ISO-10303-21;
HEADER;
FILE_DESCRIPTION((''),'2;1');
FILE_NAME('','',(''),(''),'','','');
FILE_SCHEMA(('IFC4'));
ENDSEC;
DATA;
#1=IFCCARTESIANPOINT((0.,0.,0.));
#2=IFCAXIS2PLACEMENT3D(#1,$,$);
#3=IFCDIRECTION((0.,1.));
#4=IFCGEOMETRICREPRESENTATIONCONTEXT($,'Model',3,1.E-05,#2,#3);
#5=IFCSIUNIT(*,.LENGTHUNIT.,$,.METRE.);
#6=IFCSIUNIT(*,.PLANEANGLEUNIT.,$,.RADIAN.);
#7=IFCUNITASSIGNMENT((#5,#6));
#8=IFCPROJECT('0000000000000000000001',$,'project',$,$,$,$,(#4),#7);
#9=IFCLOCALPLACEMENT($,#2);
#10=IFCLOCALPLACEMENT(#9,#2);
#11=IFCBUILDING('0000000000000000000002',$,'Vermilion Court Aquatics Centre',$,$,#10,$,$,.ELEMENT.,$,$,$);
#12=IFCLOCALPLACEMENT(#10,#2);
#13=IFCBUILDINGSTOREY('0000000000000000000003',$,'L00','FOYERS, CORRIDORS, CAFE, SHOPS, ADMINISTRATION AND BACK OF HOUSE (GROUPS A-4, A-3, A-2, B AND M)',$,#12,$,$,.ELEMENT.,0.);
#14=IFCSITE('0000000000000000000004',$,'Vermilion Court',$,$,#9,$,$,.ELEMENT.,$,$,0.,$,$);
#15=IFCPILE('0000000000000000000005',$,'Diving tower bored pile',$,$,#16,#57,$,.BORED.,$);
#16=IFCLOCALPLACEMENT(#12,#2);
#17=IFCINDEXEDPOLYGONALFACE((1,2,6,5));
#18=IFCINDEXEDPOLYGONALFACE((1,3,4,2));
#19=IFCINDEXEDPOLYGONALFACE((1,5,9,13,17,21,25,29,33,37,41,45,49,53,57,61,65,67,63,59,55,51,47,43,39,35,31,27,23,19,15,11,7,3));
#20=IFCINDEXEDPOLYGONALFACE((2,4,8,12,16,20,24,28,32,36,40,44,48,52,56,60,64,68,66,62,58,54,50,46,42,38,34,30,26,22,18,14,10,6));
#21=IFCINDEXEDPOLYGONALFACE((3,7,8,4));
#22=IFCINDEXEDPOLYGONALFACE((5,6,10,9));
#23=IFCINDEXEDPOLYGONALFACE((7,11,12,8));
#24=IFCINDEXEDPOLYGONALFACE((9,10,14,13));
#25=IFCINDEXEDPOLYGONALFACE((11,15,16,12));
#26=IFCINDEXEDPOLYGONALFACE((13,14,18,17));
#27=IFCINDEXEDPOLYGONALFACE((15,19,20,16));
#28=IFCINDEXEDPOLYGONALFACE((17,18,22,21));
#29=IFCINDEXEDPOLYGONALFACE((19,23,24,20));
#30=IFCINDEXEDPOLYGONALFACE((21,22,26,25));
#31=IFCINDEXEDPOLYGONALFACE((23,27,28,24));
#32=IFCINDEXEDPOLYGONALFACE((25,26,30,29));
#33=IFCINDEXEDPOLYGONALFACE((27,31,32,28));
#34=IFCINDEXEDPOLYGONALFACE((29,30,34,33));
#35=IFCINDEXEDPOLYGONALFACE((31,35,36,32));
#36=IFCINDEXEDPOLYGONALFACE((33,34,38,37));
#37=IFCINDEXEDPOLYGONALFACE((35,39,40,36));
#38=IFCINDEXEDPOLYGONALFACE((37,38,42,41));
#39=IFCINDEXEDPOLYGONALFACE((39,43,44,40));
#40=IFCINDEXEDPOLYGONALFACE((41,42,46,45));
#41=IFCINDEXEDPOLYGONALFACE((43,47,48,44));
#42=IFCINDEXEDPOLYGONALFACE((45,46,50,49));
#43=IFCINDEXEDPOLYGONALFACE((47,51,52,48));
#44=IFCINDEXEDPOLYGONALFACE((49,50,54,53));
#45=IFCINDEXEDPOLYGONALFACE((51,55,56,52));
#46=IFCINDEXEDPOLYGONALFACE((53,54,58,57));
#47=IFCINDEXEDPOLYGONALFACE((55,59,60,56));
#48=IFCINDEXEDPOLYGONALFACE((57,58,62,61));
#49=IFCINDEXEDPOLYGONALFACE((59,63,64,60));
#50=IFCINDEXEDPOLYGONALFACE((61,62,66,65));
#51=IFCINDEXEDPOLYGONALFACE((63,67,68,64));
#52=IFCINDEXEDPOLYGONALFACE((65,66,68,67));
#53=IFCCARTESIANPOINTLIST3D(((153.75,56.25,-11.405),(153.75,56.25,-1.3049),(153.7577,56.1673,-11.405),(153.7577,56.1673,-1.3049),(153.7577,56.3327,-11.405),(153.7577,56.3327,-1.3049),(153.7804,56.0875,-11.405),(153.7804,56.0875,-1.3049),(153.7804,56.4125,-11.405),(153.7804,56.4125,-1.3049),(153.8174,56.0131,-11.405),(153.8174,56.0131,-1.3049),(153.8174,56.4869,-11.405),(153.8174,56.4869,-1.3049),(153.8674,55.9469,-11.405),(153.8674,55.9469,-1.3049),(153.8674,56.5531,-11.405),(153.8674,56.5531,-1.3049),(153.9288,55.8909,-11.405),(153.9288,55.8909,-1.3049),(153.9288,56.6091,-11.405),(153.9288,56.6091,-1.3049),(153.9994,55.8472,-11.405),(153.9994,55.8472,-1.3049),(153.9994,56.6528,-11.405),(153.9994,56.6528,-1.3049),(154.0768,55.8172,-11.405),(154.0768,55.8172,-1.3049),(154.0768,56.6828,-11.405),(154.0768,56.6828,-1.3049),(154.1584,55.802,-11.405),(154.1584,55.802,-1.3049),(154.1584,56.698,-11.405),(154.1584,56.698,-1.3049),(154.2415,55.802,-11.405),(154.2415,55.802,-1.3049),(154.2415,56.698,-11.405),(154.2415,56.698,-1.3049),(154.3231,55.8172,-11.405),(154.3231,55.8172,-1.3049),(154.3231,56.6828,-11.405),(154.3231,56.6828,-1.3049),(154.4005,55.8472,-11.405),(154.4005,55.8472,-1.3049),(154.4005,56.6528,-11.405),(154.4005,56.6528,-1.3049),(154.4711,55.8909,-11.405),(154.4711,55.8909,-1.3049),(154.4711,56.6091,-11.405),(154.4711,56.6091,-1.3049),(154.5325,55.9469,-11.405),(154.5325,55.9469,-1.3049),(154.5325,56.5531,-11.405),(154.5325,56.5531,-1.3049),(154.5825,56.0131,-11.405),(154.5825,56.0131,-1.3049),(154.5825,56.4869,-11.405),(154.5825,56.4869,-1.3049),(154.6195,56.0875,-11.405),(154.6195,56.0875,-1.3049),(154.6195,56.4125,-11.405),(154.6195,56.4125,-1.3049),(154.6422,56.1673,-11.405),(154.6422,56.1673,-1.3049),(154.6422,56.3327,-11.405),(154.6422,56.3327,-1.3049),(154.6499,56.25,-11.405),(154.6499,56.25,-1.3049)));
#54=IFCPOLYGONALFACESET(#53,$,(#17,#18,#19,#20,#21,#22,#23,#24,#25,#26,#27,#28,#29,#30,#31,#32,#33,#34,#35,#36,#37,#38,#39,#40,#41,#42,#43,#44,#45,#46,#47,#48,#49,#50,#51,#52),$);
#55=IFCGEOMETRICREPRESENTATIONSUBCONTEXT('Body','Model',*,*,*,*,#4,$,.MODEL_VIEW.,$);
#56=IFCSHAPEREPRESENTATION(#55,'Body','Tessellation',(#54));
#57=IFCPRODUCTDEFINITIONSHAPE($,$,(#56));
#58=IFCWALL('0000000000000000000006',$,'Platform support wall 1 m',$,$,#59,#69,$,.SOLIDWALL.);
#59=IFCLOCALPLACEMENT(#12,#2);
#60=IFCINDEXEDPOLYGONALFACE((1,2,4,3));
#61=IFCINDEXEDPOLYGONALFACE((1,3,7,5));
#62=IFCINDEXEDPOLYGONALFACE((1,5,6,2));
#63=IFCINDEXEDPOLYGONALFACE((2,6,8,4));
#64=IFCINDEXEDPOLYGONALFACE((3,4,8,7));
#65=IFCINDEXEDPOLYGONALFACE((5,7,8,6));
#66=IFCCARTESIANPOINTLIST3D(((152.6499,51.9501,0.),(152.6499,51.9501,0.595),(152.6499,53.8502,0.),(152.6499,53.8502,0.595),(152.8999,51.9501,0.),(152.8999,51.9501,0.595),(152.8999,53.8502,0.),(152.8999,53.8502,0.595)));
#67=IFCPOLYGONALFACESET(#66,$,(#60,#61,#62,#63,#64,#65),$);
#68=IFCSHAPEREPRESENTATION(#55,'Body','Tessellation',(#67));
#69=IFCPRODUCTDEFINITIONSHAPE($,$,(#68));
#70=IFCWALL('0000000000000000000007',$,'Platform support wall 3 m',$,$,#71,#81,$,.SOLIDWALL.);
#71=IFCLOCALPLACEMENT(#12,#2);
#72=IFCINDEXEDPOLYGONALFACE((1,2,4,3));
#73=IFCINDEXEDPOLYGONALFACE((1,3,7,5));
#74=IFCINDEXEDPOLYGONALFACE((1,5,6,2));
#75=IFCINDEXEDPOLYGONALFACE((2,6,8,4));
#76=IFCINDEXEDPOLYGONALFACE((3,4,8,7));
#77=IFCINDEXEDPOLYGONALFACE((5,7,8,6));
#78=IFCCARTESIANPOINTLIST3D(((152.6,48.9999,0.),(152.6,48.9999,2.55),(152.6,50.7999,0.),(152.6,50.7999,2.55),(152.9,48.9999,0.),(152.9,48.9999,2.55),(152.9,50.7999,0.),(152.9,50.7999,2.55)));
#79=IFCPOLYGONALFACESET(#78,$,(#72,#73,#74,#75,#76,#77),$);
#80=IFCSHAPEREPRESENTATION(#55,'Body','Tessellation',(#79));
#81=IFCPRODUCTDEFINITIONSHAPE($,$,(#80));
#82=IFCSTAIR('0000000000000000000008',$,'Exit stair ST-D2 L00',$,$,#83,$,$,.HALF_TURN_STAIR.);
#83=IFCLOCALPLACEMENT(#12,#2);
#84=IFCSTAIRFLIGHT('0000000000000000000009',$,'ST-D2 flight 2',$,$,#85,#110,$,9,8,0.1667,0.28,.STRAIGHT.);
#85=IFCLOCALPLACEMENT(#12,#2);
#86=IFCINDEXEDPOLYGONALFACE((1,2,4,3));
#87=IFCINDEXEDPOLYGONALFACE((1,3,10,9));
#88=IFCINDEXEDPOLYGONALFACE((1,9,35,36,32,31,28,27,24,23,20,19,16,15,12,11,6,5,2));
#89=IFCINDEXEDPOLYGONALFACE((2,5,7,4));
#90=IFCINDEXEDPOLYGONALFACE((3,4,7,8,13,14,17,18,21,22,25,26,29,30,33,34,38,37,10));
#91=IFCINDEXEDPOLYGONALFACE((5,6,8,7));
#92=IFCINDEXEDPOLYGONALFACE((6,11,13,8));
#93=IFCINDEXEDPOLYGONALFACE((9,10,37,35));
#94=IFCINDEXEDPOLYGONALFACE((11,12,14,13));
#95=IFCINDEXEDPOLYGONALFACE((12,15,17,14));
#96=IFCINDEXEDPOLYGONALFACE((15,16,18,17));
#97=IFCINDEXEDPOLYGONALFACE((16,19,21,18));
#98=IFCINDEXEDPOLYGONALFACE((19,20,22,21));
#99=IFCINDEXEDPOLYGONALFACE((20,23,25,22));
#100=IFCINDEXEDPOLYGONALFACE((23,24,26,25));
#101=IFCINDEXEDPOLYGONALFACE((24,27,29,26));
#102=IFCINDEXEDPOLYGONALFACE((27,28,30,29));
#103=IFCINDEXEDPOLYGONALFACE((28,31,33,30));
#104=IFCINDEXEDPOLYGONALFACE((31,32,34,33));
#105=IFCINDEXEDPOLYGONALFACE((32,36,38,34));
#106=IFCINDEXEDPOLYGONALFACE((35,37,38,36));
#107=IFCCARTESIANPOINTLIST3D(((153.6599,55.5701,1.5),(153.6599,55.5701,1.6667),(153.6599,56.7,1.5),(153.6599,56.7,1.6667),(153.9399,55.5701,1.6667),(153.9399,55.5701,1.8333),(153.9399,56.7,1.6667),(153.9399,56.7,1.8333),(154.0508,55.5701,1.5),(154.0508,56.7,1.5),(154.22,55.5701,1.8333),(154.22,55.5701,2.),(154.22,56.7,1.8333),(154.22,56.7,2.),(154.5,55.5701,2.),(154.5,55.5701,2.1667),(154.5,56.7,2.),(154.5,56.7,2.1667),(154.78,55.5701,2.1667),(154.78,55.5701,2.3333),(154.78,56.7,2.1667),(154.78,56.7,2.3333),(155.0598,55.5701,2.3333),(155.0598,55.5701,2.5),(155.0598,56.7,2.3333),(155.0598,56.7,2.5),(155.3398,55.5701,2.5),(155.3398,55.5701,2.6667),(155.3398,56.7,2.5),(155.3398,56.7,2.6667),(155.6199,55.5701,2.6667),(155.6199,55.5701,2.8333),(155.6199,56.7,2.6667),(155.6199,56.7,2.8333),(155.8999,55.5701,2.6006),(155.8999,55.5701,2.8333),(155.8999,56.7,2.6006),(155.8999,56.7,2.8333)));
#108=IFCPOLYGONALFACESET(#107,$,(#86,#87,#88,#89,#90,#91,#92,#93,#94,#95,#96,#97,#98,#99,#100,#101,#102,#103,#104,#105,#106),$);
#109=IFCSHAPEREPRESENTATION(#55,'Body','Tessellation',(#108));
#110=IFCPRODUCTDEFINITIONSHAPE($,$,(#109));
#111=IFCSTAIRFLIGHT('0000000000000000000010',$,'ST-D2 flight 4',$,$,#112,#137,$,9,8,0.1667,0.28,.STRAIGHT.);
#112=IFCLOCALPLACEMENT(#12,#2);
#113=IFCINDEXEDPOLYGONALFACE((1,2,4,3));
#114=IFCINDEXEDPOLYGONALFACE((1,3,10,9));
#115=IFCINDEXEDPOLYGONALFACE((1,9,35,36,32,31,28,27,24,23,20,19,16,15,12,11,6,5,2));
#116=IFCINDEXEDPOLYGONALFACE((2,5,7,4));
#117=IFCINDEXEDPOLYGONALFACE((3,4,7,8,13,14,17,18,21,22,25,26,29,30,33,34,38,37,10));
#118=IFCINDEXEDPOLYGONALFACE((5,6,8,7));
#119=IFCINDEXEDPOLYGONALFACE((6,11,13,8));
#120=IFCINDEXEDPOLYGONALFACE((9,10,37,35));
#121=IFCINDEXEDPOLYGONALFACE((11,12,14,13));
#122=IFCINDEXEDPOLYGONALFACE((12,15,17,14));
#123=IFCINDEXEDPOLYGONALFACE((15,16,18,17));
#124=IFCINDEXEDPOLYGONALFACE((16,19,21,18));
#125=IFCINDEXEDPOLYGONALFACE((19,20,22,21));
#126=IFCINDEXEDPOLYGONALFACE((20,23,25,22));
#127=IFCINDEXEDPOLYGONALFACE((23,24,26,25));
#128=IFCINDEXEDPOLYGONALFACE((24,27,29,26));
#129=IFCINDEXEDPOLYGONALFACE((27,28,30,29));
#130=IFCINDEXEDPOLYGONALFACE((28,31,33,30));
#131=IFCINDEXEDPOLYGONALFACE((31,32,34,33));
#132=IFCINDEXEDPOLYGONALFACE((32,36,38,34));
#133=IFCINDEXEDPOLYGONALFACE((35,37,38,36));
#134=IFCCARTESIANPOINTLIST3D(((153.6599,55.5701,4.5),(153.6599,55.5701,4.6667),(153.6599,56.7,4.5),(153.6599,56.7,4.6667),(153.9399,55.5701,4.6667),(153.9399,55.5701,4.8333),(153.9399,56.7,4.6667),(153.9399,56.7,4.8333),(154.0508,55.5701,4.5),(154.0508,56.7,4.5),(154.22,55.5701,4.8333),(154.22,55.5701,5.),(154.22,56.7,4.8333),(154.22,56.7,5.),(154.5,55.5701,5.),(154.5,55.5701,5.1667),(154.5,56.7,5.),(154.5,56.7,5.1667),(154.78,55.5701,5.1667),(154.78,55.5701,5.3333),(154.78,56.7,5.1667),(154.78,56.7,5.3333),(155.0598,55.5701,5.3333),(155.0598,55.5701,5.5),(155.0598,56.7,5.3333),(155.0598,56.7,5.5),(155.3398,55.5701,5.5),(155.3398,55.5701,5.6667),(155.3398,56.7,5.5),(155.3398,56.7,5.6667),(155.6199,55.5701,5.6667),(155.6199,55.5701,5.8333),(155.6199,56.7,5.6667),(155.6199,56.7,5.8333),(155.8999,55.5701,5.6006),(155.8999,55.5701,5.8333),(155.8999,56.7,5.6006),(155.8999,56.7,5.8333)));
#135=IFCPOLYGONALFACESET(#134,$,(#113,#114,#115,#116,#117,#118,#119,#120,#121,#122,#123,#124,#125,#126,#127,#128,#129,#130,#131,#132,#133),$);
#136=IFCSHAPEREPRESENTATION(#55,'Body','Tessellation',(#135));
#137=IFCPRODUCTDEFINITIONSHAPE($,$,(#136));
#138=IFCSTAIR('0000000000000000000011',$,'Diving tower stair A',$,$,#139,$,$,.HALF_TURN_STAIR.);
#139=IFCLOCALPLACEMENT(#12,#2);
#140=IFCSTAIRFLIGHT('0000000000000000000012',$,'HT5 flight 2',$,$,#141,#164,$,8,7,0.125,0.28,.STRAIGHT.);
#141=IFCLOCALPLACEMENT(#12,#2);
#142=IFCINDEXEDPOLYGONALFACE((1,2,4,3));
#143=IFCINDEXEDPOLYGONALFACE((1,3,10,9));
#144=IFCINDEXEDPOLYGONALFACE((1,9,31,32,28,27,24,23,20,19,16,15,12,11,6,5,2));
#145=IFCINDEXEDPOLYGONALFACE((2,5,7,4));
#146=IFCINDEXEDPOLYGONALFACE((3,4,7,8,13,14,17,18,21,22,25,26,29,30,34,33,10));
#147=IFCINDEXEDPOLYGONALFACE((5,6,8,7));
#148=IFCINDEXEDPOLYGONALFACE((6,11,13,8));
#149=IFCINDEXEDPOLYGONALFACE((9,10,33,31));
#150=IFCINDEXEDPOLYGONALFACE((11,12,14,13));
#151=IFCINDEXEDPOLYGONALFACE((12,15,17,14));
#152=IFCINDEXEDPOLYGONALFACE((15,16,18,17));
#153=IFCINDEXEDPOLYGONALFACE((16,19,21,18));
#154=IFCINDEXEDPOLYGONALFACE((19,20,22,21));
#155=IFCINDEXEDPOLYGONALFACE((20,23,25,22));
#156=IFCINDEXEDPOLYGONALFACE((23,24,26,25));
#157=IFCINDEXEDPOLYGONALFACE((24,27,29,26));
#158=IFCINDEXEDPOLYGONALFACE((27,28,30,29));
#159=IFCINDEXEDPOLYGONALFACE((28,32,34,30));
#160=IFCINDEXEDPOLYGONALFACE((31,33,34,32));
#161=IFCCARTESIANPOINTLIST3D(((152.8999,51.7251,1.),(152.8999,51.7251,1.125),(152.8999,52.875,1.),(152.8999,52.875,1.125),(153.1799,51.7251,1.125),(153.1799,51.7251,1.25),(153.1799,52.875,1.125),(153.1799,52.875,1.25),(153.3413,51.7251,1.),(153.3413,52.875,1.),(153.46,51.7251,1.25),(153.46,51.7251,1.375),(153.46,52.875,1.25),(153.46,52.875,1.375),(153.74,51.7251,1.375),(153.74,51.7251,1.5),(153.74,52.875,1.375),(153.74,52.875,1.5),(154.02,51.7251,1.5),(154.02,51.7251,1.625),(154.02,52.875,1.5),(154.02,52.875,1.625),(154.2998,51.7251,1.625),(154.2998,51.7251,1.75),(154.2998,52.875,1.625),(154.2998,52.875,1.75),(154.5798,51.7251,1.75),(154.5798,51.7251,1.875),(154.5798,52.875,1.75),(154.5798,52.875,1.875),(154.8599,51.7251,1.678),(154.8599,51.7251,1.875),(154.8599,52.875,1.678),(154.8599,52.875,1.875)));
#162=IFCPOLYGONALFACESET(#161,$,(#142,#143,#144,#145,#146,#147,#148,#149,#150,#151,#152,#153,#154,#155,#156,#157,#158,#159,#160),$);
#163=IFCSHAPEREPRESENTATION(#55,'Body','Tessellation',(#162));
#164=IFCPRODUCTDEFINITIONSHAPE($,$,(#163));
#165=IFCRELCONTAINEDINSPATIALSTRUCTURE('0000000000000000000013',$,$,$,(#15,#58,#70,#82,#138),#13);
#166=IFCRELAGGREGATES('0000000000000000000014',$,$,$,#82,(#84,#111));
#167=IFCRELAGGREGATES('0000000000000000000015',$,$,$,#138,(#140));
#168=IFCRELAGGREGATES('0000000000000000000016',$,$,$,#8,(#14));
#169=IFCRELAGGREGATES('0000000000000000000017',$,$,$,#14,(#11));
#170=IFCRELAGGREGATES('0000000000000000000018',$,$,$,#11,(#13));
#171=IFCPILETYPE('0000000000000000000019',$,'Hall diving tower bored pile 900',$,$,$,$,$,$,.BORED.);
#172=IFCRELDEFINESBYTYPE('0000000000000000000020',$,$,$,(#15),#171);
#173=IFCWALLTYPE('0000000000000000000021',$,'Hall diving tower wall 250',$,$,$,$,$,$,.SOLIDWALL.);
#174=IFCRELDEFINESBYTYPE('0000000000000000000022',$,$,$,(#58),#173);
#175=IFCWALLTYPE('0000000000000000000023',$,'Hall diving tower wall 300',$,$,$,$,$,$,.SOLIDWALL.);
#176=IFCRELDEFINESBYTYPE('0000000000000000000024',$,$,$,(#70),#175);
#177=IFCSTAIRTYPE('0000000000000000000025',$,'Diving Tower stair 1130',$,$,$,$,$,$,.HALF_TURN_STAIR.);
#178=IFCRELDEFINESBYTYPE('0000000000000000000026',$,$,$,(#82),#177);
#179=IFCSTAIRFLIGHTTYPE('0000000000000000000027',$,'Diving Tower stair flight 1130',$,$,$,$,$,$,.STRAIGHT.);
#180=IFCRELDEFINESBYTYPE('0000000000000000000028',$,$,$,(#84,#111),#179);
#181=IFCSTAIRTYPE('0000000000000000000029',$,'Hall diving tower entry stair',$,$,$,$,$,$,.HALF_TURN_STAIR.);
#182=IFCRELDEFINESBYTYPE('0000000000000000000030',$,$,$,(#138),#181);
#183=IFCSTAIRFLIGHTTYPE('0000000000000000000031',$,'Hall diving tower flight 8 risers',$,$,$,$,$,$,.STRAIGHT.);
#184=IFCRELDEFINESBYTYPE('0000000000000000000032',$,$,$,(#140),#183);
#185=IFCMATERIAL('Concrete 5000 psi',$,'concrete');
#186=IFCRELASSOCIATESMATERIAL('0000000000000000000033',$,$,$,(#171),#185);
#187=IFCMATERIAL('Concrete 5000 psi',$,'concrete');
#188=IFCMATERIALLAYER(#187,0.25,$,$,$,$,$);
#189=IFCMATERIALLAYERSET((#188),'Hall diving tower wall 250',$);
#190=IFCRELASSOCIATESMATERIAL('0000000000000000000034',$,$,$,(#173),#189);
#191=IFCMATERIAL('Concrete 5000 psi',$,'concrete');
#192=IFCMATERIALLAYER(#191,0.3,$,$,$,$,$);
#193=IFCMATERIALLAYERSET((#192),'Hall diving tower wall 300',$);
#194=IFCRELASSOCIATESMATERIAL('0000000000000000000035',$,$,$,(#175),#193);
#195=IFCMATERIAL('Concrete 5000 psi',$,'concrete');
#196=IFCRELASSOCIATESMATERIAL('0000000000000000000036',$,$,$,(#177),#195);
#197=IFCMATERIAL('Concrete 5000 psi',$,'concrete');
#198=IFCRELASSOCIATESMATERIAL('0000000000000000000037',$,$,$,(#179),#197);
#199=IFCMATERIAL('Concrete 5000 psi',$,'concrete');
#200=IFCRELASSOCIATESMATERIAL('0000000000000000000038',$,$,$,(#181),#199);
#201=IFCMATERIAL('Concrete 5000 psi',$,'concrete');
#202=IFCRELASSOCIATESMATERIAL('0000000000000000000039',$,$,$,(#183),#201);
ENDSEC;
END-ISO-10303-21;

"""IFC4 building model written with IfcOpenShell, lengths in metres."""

from ifc_helpers import new_model, si_unit, direction, frame, frame_2d, origin, origin_2d, place, context, subcontext, project, spatial, polyline, rectangle, circle, outline, extrude, material, layer, layer_set, material_profile, profile_set, type_object, element, aggregate, save


model = new_model("IFC4")

# Units and contexts
model_context = context("Model", 3, precision=1e-05, world=origin(), true_north=direction((0.0, 1.0)))
body_context = subcontext(model_context, "Body", "Model", "MODEL_VIEW")
ifc_project = project(units=[si_unit("LENGTHUNIT", "METRE"), si_unit("PLANEANGLEUNIT", "RADIAN")], contexts=[model_context])

# Site, building, storey
site_placement = place(None, origin())
site = spatial("IfcSite", under=ifc_project, at=site_placement, Name="Vermilion Court", CompositionType="ELEMENT", RefElevation=0.0)
building_placement = place(site_placement, origin())
building = spatial("IfcBuilding", under=site, at=building_placement, Name="Vermilion Court Aquatics Centre", CompositionType="ELEMENT")
storey_placement = place(building_placement, origin())
storey = spatial("IfcBuildingStorey", under=building, at=storey_placement, Name="L00", Description="FOYERS, CORRIDORS, CAFE, SHOPS, ADMINISTRATION AND BACK OF HOUSE (GROUPS A-4, A-3, A-2, B AND M)", CompositionType="ELEMENT", Elevation=0.0)

# Pile
ifc_material_1 = material(Name="Concrete 5000 psi", Category="concrete")
ifc_material_profile = material_profile(ifc_material_1, circle(Radius=0.45, at=origin_2d()), Name="D900")
ifc_profile_set = profile_set([ifc_material_profile], Name="Concrete 5000 psi")
pile_type = type_object("IfcPileType", Name="Hall diving tower bored pile 900", PredefinedType="BORED", material=ifc_profile_set)
for number, where, z_axis, x_axis, name in (
    (1, (154.2, 56.25, -1.3049), (0.0, 0.0, -1.0), (1.0, 0.0, 0.0), "Diving tower bored pile"),
):
    element("IfcPile", number, at=place(storey_placement, frame(where, z_axis=z_axis, x_axis=x_axis)), inside=storey, type_object=pile_type, Name=name, PredefinedType="BORED", context=body_context, shape_type="SweptSolid", body=[
        extrude(circle(Radius=0.45, at=origin_2d()), origin(), (0.0, 0.0, 1.0), 10.1001),
    ])

# Walls
ifc_material_2 = material(Name="Concrete 5000 psi", Category="concrete")
ifc_layer_1 = layer(ifc_material_2, 0.25)
ifc_layer_set_1 = layer_set([ifc_layer_1], Name="Hall diving tower wall 250")
wall_type_1 = type_object("IfcWallType", Name="Hall diving tower wall 250", PredefinedType="SOLIDWALL", material=ifc_layer_set_1)
wall_1_placement = place(storey_placement, frame((152.7749, 51.95, 0.0), z_axis=(0.0, 0.0, 1.0), x_axis=(0.0, 1.0, 0.0)))
element("IfcWall", 2, at=wall_1_placement, inside=storey, type_object=wall_type_1, Name="Platform support wall 1 m", PredefinedType="SOLIDWALL", context=body_context, shape_type="SweptSolid", body=[
    extrude(rectangle(XDim=1.9001, YDim=0.25, at=frame_2d((0.9502, 0.0))), origin(), (0.0, 0.0, 1.0), 0.595),
])
ifc_material_3 = material(Name="Concrete 5000 psi", Category="concrete")
ifc_layer_2 = layer(ifc_material_3, 0.3)
ifc_layer_set_2 = layer_set([ifc_layer_2], Name="Hall diving tower wall 300")
wall_type_2 = type_object("IfcWallType", Name="Hall diving tower wall 300", PredefinedType="SOLIDWALL", material=ifc_layer_set_2)
wall_2_placement = place(storey_placement, frame((152.75, 49.0, 0.0), z_axis=(0.0, 0.0, 1.0), x_axis=(0.0, 1.0, 0.0)))
element("IfcWall", 3, at=wall_2_placement, inside=storey, type_object=wall_type_2, Name="Platform support wall 3 m", PredefinedType="SOLIDWALL", context=body_context, shape_type="SweptSolid", body=[
    extrude(rectangle(XDim=1.8, YDim=0.3, at=frame_2d((0.8999, 0.0))), origin(), (0.0, 0.0, 1.0), 2.55),
])

# Stairs, stair flights
ifc_material_4 = material(Name="Concrete 5000 psi", Category="concrete")
stair_type_1 = type_object("IfcStairType", Name="Diving Tower stair 1130", PredefinedType="HALF_TURN_STAIR", material=ifc_material_4)
stair_1_placement = place(storey_placement, origin())
stair_1 = element("IfcStair", 4, at=stair_1_placement, inside=storey, type_object=stair_type_1, Name="Exit stair ST-D2 L00", PredefinedType="HALF_TURN_STAIR")
ifc_material_5 = material(Name="Concrete 5000 psi", Category="concrete")
stair_flight_type_1 = type_object("IfcStairFlightType", Name="Diving Tower stair flight 1130", PredefinedType="STRAIGHT", material=ifc_material_5)
stair_flight_1_placement = place(storey_placement, frame((153.6599, 56.135, 1.5), z_axis=(0.0, 0.0, 1.0), x_axis=(1.0, 0.0, 0.0)))
stair_flight_1 = element("IfcStairFlight", 5, at=stair_flight_1_placement, type_object=stair_flight_type_1, Name="ST-D2 flight 2", NumberOfRisers=9, NumberOfTreads=8, PredefinedType="STRAIGHT", RiserHeight=0.1667, TreadLength=0.28, context=body_context, shape_type="SweptSolid", body=[
    extrude(outline(polyline([(0.0, 0.0), (0.0, 0.1667), (0.28, 0.1667), (0.28, 0.3333), (0.5601, 0.3333), (0.5601, 0.5), (0.8401, 0.5), (0.8401, 0.6667), (1.1201, 0.6667), (1.1201, 0.8333), (1.3999, 0.8333), (1.3999, 1.0), (1.6799, 1.0), (1.6799, 1.1667), (1.96, 1.1667), (1.96, 1.3333), (2.24, 1.3333), (2.24, 1.5), (2.24, 1.1006), (0.3909, 0.0), (0.0, 0.0)])), frame((0.0, 0.5649, 0.0), z_axis=(0.0, -1.0, 0.0), x_axis=(1.0, 0.0, 0.0)), (0.0, 0.0, 1.0), 1.1299),
])
stair_flight_2_placement = place(storey_placement, frame((153.6599, 56.135, 4.5), z_axis=(0.0, 0.0, 1.0), x_axis=(1.0, 0.0, 0.0)))
stair_flight_2 = element("IfcStairFlight", 6, at=stair_flight_2_placement, type_object=stair_flight_type_1, Name="ST-D2 flight 4", NumberOfRisers=9, NumberOfTreads=8, PredefinedType="STRAIGHT", RiserHeight=0.1667, TreadLength=0.28, context=body_context, shape_type="SweptSolid", body=[
    extrude(outline(polyline([(0.0, 0.0), (0.0, 0.1667), (0.28, 0.1667), (0.28, 0.3333), (0.5601, 0.3333), (0.5601, 0.5), (0.8401, 0.5), (0.8401, 0.6667), (1.1201, 0.6667), (1.1201, 0.8333), (1.3999, 0.8333), (1.3999, 1.0), (1.6799, 1.0), (1.6799, 1.1667), (1.96, 1.1667), (1.96, 1.3333), (2.24, 1.3333), (2.24, 1.5), (2.24, 1.1006), (0.3909, 0.0), (0.0, 0.0)])), frame((0.0, 0.5649, 0.0), z_axis=(0.0, -1.0, 0.0), x_axis=(1.0, 0.0, 0.0)), (0.0, 0.0, 1.0), 1.1299),
])
aggregate(stair_1, [stair_flight_1, stair_flight_2])
ifc_material_6 = material(Name="Concrete 5000 psi", Category="concrete")
stair_type_2 = type_object("IfcStairType", Name="Hall diving tower entry stair", PredefinedType="HALF_TURN_STAIR", material=ifc_material_6)
stair_2_placement = place(storey_placement, origin())
stair_2 = element("IfcStair", 7, at=stair_2_placement, inside=storey, type_object=stair_type_2, Name="Diving tower stair A", PredefinedType="HALF_TURN_STAIR")
ifc_material_7 = material(Name="Concrete 5000 psi", Category="concrete")
stair_flight_type_2 = type_object("IfcStairFlightType", Name="Hall diving tower flight 8 risers", PredefinedType="STRAIGHT", material=ifc_material_7)
stair_flight_3_placement = place(storey_placement, frame((152.8999, 52.3, 1.0), z_axis=(0.0, 0.0, 1.0), x_axis=(1.0, 0.0, 0.0)))
stair_flight_3 = element("IfcStairFlight", 8, at=stair_flight_3_placement, type_object=stair_flight_type_2, Name="HT5 flight 2", NumberOfRisers=8, NumberOfTreads=7, PredefinedType="STRAIGHT", RiserHeight=0.125, TreadLength=0.28, context=body_context, shape_type="SweptSolid", body=[
    extrude(outline(polyline([(0.0, 0.0), (0.0, 0.125), (0.28, 0.125), (0.28, 0.25), (0.5601, 0.25), (0.5601, 0.375), (0.8401, 0.375), (0.8401, 0.5), (1.1201, 0.5), (1.1201, 0.625), (1.3999, 0.625), (1.3999, 0.75), (1.6799, 0.75), (1.6799, 0.875), (1.96, 0.875), (1.96, 1.0), (1.96, 0.678), (0.4414, 0.0), (0.0, 0.0)])), frame((0.0, 0.575, 0.0), z_axis=(0.0, -1.0, 0.0), x_axis=(1.0, 0.0, 0.0)), (0.0, 0.0, 1.0), 1.1499),
])
aggregate(stair_2, [stair_flight_3])

save(model, "model.ifc")
